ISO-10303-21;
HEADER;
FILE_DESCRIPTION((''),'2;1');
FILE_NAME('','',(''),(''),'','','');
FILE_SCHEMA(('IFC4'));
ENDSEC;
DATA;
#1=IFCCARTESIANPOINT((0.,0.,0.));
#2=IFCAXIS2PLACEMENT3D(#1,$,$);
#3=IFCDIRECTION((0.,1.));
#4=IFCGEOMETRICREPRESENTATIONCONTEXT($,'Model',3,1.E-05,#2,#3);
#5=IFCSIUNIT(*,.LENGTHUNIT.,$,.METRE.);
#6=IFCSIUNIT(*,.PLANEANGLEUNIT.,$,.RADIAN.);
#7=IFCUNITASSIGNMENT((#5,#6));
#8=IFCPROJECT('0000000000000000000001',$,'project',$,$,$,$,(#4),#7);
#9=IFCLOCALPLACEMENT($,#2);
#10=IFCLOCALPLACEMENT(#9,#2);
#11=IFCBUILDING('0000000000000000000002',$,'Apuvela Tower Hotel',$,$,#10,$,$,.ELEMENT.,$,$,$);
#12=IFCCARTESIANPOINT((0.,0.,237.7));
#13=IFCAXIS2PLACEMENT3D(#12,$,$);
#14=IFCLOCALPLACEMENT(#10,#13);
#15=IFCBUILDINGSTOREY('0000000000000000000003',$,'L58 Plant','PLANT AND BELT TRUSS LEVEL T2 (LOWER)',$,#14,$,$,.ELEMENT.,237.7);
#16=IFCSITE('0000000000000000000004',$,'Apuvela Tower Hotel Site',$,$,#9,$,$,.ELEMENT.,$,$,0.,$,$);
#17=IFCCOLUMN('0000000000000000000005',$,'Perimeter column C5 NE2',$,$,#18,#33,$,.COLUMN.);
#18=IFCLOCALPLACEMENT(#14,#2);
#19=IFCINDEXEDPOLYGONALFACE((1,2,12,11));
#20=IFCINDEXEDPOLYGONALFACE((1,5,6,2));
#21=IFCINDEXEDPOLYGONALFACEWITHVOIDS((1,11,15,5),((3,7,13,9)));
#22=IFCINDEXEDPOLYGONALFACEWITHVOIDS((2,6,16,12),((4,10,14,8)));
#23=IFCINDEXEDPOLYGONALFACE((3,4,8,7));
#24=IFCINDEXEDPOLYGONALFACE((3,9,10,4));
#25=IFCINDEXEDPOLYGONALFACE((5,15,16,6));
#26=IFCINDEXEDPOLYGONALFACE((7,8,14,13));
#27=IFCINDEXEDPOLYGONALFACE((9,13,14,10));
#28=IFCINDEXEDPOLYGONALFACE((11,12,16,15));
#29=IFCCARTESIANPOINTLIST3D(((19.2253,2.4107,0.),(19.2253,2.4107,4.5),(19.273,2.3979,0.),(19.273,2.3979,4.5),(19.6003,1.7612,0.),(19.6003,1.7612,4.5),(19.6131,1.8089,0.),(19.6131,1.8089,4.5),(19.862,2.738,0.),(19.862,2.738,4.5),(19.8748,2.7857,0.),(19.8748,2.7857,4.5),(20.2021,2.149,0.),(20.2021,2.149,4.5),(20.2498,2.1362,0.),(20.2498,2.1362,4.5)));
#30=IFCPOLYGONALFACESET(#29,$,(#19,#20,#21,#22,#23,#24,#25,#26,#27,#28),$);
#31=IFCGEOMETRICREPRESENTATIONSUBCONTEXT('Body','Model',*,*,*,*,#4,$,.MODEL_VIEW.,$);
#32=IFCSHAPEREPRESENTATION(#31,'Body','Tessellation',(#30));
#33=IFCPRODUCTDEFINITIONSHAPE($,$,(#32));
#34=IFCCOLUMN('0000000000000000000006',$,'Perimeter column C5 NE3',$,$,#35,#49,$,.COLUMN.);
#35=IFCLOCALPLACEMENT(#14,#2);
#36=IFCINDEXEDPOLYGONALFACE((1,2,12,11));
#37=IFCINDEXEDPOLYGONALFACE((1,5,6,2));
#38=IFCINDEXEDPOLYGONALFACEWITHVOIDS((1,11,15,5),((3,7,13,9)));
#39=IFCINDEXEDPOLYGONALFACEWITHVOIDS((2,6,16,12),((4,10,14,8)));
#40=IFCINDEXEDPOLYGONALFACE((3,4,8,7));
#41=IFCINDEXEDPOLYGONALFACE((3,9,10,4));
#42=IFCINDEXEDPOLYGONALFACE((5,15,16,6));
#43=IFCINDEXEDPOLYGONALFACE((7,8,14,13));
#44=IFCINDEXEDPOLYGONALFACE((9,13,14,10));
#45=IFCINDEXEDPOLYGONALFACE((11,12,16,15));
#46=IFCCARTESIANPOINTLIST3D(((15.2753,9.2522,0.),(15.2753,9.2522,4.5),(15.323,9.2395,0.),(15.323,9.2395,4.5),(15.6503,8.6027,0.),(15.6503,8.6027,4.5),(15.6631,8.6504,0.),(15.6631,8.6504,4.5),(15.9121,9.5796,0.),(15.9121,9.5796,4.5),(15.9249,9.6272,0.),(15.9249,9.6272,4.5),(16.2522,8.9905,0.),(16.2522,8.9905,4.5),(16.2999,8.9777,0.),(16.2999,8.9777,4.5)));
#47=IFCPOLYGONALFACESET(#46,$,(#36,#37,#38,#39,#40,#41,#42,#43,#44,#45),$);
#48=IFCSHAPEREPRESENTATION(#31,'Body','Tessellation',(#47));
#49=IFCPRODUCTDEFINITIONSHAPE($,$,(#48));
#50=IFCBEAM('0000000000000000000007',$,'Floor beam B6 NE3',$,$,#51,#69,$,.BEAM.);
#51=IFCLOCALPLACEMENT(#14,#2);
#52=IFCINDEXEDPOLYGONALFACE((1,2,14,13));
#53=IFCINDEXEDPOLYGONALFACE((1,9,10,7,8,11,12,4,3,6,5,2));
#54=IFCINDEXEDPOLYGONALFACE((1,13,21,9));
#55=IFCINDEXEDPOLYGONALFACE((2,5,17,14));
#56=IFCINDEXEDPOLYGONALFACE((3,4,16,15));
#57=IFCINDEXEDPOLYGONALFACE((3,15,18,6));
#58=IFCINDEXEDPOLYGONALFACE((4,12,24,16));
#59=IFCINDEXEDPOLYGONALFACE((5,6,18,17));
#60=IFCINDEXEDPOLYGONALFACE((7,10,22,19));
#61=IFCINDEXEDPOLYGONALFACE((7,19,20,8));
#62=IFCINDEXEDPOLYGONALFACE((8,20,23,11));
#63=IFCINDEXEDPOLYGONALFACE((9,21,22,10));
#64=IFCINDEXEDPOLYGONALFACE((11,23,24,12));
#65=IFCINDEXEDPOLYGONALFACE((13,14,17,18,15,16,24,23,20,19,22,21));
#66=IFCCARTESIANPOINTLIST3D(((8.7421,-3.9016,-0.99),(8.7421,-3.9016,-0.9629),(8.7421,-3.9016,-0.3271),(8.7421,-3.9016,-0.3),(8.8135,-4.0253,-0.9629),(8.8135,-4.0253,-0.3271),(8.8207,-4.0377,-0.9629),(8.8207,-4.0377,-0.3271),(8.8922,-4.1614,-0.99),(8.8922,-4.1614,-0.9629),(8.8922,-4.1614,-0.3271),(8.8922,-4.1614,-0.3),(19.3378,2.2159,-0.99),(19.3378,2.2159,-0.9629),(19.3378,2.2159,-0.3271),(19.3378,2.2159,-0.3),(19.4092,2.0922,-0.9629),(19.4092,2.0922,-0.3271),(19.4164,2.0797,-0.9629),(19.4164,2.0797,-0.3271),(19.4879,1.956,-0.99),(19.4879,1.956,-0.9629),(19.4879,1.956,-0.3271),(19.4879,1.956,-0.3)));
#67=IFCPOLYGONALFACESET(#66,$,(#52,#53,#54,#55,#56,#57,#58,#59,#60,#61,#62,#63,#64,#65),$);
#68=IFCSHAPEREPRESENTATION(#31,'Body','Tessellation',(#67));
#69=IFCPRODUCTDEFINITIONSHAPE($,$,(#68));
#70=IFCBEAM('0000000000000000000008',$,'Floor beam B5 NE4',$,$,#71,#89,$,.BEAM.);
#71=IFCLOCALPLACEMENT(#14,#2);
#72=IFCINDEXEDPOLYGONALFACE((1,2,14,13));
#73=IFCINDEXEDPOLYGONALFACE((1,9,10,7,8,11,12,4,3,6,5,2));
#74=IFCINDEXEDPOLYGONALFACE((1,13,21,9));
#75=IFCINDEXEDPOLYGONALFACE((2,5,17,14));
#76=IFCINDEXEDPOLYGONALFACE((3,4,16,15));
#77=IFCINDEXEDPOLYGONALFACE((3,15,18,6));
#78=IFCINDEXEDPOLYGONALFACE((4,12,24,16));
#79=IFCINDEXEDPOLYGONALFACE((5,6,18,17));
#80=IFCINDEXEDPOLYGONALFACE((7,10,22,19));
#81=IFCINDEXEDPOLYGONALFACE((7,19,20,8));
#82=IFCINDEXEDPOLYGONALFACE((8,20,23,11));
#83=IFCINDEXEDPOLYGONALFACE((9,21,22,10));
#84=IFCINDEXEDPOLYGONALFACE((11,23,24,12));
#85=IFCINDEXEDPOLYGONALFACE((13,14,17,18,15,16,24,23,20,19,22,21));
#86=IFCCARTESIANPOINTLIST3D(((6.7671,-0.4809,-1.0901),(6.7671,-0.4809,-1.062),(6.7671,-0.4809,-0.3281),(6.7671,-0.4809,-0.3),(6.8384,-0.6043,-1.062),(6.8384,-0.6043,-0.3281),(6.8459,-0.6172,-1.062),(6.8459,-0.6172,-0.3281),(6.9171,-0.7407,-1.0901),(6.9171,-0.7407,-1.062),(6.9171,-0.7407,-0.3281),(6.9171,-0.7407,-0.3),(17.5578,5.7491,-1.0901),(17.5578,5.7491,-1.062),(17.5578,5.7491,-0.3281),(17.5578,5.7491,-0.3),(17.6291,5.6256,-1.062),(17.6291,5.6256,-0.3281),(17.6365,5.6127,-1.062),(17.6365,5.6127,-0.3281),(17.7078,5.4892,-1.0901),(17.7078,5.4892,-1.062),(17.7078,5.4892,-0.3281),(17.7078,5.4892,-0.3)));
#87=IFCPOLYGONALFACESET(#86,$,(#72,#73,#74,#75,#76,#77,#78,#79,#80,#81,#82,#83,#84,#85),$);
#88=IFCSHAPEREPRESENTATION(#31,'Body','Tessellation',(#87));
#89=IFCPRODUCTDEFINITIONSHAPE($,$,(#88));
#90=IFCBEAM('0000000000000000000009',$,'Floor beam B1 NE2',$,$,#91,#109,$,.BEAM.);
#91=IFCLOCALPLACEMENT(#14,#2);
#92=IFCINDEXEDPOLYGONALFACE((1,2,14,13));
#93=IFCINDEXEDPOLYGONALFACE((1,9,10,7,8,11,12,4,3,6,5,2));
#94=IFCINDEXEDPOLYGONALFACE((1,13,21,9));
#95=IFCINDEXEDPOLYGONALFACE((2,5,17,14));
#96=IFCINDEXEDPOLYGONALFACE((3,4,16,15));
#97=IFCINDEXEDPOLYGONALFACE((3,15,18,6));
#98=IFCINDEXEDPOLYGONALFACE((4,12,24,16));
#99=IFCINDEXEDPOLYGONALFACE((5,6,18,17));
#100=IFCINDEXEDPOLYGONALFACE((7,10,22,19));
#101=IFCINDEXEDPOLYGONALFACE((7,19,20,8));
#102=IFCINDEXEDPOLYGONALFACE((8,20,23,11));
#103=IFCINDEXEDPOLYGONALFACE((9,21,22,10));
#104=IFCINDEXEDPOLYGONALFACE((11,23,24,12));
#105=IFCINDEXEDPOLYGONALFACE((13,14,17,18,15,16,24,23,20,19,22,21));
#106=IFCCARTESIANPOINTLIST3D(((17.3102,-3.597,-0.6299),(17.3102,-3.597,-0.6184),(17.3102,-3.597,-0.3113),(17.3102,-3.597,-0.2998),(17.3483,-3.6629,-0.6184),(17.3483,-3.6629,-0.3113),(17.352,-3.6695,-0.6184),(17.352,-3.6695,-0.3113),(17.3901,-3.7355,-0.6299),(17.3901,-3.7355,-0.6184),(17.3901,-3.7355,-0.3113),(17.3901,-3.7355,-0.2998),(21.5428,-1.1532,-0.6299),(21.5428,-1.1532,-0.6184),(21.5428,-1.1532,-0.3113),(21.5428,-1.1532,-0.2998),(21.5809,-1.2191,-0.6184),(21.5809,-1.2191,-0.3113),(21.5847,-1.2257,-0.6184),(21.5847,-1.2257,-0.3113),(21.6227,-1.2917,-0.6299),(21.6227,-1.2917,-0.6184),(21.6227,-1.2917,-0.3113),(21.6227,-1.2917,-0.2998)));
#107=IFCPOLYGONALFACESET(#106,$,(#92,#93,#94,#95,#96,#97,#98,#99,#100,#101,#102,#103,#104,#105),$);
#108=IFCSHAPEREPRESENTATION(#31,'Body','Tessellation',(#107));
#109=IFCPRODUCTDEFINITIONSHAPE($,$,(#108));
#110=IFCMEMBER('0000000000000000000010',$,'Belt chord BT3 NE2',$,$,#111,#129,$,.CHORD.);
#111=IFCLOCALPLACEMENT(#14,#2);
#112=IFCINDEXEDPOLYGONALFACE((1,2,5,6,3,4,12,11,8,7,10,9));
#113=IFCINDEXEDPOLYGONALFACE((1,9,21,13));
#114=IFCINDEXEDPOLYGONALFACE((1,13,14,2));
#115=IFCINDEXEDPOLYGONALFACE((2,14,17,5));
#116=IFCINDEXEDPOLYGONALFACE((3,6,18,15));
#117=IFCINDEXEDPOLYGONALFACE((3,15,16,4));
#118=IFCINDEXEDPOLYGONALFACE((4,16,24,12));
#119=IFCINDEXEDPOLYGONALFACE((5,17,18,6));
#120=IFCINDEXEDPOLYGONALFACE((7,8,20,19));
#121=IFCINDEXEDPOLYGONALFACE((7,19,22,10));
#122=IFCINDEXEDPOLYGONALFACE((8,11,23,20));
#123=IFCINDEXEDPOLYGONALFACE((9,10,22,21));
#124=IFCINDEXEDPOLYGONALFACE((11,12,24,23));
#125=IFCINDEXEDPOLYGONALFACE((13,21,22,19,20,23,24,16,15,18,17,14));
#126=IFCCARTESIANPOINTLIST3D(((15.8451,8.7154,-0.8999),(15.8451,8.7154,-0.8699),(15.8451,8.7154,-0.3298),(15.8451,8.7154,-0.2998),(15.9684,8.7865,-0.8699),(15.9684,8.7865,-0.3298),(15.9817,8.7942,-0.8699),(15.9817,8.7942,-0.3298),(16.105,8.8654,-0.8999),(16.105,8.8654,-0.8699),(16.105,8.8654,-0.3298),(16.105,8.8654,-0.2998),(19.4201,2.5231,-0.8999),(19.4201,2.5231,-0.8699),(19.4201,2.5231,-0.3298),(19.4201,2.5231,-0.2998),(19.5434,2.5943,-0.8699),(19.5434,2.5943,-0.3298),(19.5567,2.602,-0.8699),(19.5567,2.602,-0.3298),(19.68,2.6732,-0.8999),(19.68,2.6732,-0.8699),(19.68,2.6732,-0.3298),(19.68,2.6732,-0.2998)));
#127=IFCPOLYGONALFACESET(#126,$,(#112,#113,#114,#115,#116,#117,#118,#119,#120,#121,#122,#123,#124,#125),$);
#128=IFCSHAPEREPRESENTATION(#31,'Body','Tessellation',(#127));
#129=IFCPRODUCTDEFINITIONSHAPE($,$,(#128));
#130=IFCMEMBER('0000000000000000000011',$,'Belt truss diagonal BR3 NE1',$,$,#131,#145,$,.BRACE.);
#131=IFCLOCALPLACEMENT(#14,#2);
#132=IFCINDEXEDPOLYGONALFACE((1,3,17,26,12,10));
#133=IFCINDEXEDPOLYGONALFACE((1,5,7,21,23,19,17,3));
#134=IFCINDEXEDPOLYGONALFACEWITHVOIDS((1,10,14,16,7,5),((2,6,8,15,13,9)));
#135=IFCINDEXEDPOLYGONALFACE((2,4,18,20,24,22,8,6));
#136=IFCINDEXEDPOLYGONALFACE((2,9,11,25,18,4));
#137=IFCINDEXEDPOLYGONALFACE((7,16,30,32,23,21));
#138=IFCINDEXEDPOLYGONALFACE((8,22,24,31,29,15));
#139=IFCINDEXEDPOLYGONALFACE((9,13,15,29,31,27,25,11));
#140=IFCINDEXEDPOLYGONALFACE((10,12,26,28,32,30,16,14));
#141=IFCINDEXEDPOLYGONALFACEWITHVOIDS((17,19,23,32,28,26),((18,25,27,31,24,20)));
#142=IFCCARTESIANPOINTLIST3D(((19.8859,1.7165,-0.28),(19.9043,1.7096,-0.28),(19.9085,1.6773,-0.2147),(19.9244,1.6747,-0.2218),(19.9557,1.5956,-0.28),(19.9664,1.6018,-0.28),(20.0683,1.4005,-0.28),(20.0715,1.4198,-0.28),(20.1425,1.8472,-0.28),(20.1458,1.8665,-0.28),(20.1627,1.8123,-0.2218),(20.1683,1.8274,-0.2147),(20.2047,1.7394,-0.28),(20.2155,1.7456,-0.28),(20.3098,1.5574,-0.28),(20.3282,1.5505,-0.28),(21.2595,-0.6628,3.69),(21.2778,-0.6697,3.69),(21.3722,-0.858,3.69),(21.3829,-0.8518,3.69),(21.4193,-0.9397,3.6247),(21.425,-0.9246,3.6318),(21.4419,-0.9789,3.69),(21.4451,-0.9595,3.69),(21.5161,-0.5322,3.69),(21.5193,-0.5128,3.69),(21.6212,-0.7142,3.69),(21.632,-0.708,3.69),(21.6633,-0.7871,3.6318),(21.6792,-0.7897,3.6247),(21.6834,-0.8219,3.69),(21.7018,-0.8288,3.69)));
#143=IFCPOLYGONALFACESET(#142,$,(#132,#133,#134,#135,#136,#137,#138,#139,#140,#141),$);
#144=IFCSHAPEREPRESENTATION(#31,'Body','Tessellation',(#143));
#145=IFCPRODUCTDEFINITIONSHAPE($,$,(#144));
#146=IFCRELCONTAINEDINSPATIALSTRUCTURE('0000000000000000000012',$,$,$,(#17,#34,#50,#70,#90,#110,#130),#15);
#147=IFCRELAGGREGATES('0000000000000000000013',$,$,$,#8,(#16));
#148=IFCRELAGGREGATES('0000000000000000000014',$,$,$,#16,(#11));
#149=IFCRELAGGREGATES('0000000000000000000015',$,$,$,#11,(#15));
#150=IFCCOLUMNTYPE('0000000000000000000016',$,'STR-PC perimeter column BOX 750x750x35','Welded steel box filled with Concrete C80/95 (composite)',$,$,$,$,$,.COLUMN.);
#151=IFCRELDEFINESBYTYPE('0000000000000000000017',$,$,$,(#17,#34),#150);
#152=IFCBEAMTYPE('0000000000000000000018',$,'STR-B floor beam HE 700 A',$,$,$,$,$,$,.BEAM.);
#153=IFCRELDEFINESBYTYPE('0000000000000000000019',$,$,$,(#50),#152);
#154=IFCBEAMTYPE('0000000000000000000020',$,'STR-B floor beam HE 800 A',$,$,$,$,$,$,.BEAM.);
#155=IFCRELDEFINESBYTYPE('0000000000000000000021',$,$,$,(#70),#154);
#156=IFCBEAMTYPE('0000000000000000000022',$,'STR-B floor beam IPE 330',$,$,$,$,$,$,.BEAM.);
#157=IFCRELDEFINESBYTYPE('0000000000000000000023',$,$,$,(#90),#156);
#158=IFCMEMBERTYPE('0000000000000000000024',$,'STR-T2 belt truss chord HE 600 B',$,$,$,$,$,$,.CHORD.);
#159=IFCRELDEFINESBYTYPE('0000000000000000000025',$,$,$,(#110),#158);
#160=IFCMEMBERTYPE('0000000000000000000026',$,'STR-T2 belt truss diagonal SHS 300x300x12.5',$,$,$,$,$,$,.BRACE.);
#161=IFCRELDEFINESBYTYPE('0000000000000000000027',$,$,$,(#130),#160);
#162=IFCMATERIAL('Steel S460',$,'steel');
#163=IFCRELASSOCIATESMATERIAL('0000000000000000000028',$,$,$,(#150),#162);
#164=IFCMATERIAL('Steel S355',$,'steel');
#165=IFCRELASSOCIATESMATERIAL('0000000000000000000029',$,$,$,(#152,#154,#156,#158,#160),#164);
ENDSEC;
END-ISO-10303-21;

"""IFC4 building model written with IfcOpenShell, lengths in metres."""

from ifc_helpers import new_model, si_unit, direction, frame, origin, origin_2d, place, context, subcontext, project, spatial, rectangle, hollow_rectangle, i_section, extrude, boolean, halfspace, material, material_profile, profile_set, type_object, element, save


model = new_model("IFC4")

# Units and contexts
model_context = context("Model", 3, precision=1e-05, world=origin(), true_north=direction((0.0, 1.0)))
body_context = subcontext(model_context, "Body", "Model", "MODEL_VIEW")
ifc_project = project(units=[si_unit("LENGTHUNIT", "METRE"), si_unit("PLANEANGLEUNIT", "RADIAN")], contexts=[model_context])

# Site, building, storey
site_placement = place(None, origin())
site = spatial("IfcSite", under=ifc_project, at=site_placement, Name="Apuvela Tower Hotel Site", CompositionType="ELEMENT", RefElevation=0.0)
building_placement = place(site_placement, origin())
building = spatial("IfcBuilding", under=site, at=building_placement, Name="Apuvela Tower Hotel", CompositionType="ELEMENT")
storey_placement = place(building_placement, frame((0.0, 0.0, 237.7)))
storey = spatial("IfcBuildingStorey", under=building, at=storey_placement, Name="L58 Plant", Description="PLANT AND BELT TRUSS LEVEL T2 (LOWER)", CompositionType="ELEMENT", Elevation=237.7)

# Columns
ifc_material_1 = material(Name="Steel S460", Category="steel")
ifc_material_profile_1 = material_profile(ifc_material_1, hollow_rectangle(XDim=0.75, YDim=0.75, WallThickness=0.0349, at=origin_2d()), Name="BOX 750x750x35")
ifc_material_2 = material(Name="Concrete C80/95", Category="concrete")
ifc_material_profile_2 = material_profile(ifc_material_2, rectangle(XDim=0.6799, YDim=0.6799, at=origin_2d()), Name="Concrete C80/95 infill")
ifc_profile_set_1 = profile_set([ifc_material_profile_1, ifc_material_profile_2], Name="Steel S460")
column_type = type_object("IfcColumnType", Name="STR-PC perimeter column BOX 750x750x35", Description="Welded steel box filled with Concrete C80/95 (composite)", PredefinedType="COLUMN", material=ifc_profile_set_1)
for number, where, z_axis, x_axis, name in (
    (1, (19.7375, 2.2734, 0.0), (0.0, 0.0, 1.0), (-0.5, 0.866025, 0.0), "Perimeter column C5 NE2"),
    (2, (15.7876, 9.115, 0.0), (0.0, 0.0, 1.0), (-0.5, 0.866025, 0.0), "Perimeter column C5 NE3"),
):
    element("IfcColumn", number, at=place(storey_placement, frame(where, z_axis=z_axis, x_axis=x_axis)), inside=storey, type_object=column_type, Name=name, PredefinedType="COLUMN", context=body_context, shape_type="SweptSolid", body=[
        extrude(hollow_rectangle(XDim=0.75, YDim=0.75, WallThickness=0.0349, at=origin_2d()), origin(), (0.0, 0.0, 1.0), 4.5),
    ])

# Beams
ifc_material_3 = material(Name="Steel S355", Category="steel")
ifc_material_profile_3 = material_profile(ifc_material_3, i_section(OverallWidth=0.3, OverallDepth=0.6899, WebThickness=0.0144, FlangeThickness=0.0271, at=origin_2d()), Name="HE 700 A")
ifc_profile_set_2 = profile_set([ifc_material_profile_3], Name="Steel S355")
beam_type_1 = type_object("IfcBeamType", Name="STR-B floor beam HE 700 A", PredefinedType="BEAM", material=ifc_profile_set_2)
beam_1_placement = place(storey_placement, frame((19.4128, 2.0859, -0.645), z_axis=(-0.866025, -0.5, 0.0), x_axis=(0.5, -0.866025, 0.0)))
element("IfcBeam", 3, at=beam_1_placement, inside=storey, type_object=beam_type_1, Name="Floor beam B6 NE3", PredefinedType="BEAM", context=body_context, shape_type="SweptSolid", body=[
    extrude(i_section(OverallWidth=0.3, OverallDepth=0.6899, WebThickness=0.0144, FlangeThickness=0.0271, at=origin_2d()), origin(), (0.0, 0.0, 1.0), 12.2349),
])
ifc_material_profile_4 = material_profile(ifc_material_3, i_section(OverallWidth=0.3, OverallDepth=0.79, WebThickness=0.0149, FlangeThickness=0.0281, at=origin_2d()), Name="HE 800 A")
ifc_profile_set_3 = profile_set([ifc_material_profile_4], Name="Steel S355")
beam_type_2 = type_object("IfcBeamType", Name="STR-B floor beam HE 800 A", PredefinedType="BEAM", material=ifc_profile_set_3)
beam_2_placement = place(storey_placement, frame((17.6328, 5.6191, -0.6951), z_axis=(-0.866028, -0.499996, 0.0), x_axis=(0.499996, -0.866028, 0.0)))
element("IfcBeam", 4, at=beam_2_placement, inside=storey, type_object=beam_type_2, Name="Floor beam B5 NE4", PredefinedType="BEAM", context=body_context, shape_type="SweptSolid", body=[
    extrude(i_section(OverallWidth=0.3, OverallDepth=0.79, WebThickness=0.0149, FlangeThickness=0.0281, at=origin_2d()), origin(), (0.0, 0.0, 1.0), 12.46),
])
ifc_material_profile_5 = material_profile(ifc_material_3, i_section(OverallWidth=0.1599, OverallDepth=0.3301, WebThickness=0.0076, FlangeThickness=0.0115, at=origin_2d()), Name="IPE 330")
ifc_profile_set_4 = profile_set([ifc_material_profile_5], Name="Steel S355")
beam_type_3 = type_object("IfcBeamType", Name="STR-B floor beam IPE 330", PredefinedType="BEAM", material=ifc_profile_set_4)
beam_3_placement = place(storey_placement, frame((21.5828, -1.2224, -0.4648), z_axis=(-0.866015, -0.500018, 0.0), x_axis=(0.500018, -0.866015, 0.0)))
element("IfcBeam", 5, at=beam_3_placement, inside=storey, type_object=beam_type_3, Name="Floor beam B1 NE2", PredefinedType="BEAM", context=body_context, shape_type="SweptSolid", body=[
    extrude(i_section(OverallWidth=0.1599, OverallDepth=0.3301, WebThickness=0.0076, FlangeThickness=0.0115, at=origin_2d()), origin(), (0.0, 0.0, 1.0), 4.8875),
])

# Members
ifc_material_profile_6 = material_profile(ifc_material_3, i_section(OverallWidth=0.3, OverallDepth=0.6001, WebThickness=0.0154, FlangeThickness=0.03, at=origin_2d()), Name="HE 600 B")
ifc_profile_set_5 = profile_set([ifc_material_profile_6], Name="Steel S355")
member_type_1 = type_object("IfcMemberType", Name="STR-T2 belt truss chord HE 600 B", PredefinedType="CHORD", material=ifc_profile_set_5)
member_1_placement = place(storey_placement, frame((19.55, 2.5981, -0.5999), z_axis=(-0.499991, 0.86603, 0.0), x_axis=(-0.86603, -0.499991, 0.0)))
element("IfcMember", 6, at=member_1_placement, inside=storey, type_object=member_type_1, Name="Belt chord BT3 NE2", PredefinedType="CHORD", context=body_context, shape_type="SweptSolid", body=[
    extrude(i_section(OverallWidth=0.3, OverallDepth=0.6001, WebThickness=0.0154, FlangeThickness=0.03, at=origin_2d()), origin(), (0.0, 0.0, 1.0), 7.1501),
])
ifc_material_profile_7 = material_profile(ifc_material_3, hollow_rectangle(XDim=0.3, YDim=0.3, WallThickness=0.0125, at=origin_2d()), Name="SHS 300x300x12.5")
ifc_profile_set_6 = profile_set([ifc_material_profile_7], Name="Steel S355")
member_type_2 = type_object("IfcMemberType", Name="STR-T2 belt truss diagonal SHS 300x300x12.5", PredefinedType="BRACE", material=ifc_profile_set_6)
member_2_placement = place(storey_placement, frame((20.1001, 1.6455, -0.3), z_axis=(0.284512, -0.492828, 0.822298), x_axis=(-0.411125, 0.712144, 0.569058)))
solid_1 = boolean("DIFFERENCE", boolean("DIFFERENCE", extrude(hollow_rectangle(XDim=0.3, YDim=0.3, WallThickness=0.0125, at=origin_2d()), frame((0.0, 0.0, -0.2239)), (0.0, 0.0, 1.0), 5.3242), halfspace(frame((0.0, 0.0, 0.0244), z_axis=(0.569058, 0.0, 0.822298), x_axis=(0.822298, 0.0, -0.569058)), True)), halfspace(frame((0.0, 0.0, 4.8523), z_axis=(0.569058, 0.0, 0.822298), x_axis=(0.822298, 0.0, -0.569058)), False))
element("IfcMember", 7, at=member_2_placement, inside=storey, type_object=member_type_2, Name="Belt truss diagonal BR3 NE1", PredefinedType="BRACE", context=body_context, shape_type="SweptSolid", body=[
    boolean("UNION", boolean("DIFFERENCE", boolean("DIFFERENCE", extrude(hollow_rectangle(XDim=0.3, YDim=0.3, WallThickness=0.0125, at=origin_2d()), origin(), (0.0, 0.0, 1.0), 4.8767), halfspace(frame((0.0, 0.0, 0.0244), z_axis=(0.569058, 0.0, 0.822298), x_axis=(0.822298, 0.0, -0.569058)), True)), halfspace(frame((0.0, 0.0, 4.8523), z_axis=(0.569058, 0.0, 0.822298), x_axis=(0.822298, 0.0, -0.569058)), False)), solid_1),
])

save(model, "model.ifc")
